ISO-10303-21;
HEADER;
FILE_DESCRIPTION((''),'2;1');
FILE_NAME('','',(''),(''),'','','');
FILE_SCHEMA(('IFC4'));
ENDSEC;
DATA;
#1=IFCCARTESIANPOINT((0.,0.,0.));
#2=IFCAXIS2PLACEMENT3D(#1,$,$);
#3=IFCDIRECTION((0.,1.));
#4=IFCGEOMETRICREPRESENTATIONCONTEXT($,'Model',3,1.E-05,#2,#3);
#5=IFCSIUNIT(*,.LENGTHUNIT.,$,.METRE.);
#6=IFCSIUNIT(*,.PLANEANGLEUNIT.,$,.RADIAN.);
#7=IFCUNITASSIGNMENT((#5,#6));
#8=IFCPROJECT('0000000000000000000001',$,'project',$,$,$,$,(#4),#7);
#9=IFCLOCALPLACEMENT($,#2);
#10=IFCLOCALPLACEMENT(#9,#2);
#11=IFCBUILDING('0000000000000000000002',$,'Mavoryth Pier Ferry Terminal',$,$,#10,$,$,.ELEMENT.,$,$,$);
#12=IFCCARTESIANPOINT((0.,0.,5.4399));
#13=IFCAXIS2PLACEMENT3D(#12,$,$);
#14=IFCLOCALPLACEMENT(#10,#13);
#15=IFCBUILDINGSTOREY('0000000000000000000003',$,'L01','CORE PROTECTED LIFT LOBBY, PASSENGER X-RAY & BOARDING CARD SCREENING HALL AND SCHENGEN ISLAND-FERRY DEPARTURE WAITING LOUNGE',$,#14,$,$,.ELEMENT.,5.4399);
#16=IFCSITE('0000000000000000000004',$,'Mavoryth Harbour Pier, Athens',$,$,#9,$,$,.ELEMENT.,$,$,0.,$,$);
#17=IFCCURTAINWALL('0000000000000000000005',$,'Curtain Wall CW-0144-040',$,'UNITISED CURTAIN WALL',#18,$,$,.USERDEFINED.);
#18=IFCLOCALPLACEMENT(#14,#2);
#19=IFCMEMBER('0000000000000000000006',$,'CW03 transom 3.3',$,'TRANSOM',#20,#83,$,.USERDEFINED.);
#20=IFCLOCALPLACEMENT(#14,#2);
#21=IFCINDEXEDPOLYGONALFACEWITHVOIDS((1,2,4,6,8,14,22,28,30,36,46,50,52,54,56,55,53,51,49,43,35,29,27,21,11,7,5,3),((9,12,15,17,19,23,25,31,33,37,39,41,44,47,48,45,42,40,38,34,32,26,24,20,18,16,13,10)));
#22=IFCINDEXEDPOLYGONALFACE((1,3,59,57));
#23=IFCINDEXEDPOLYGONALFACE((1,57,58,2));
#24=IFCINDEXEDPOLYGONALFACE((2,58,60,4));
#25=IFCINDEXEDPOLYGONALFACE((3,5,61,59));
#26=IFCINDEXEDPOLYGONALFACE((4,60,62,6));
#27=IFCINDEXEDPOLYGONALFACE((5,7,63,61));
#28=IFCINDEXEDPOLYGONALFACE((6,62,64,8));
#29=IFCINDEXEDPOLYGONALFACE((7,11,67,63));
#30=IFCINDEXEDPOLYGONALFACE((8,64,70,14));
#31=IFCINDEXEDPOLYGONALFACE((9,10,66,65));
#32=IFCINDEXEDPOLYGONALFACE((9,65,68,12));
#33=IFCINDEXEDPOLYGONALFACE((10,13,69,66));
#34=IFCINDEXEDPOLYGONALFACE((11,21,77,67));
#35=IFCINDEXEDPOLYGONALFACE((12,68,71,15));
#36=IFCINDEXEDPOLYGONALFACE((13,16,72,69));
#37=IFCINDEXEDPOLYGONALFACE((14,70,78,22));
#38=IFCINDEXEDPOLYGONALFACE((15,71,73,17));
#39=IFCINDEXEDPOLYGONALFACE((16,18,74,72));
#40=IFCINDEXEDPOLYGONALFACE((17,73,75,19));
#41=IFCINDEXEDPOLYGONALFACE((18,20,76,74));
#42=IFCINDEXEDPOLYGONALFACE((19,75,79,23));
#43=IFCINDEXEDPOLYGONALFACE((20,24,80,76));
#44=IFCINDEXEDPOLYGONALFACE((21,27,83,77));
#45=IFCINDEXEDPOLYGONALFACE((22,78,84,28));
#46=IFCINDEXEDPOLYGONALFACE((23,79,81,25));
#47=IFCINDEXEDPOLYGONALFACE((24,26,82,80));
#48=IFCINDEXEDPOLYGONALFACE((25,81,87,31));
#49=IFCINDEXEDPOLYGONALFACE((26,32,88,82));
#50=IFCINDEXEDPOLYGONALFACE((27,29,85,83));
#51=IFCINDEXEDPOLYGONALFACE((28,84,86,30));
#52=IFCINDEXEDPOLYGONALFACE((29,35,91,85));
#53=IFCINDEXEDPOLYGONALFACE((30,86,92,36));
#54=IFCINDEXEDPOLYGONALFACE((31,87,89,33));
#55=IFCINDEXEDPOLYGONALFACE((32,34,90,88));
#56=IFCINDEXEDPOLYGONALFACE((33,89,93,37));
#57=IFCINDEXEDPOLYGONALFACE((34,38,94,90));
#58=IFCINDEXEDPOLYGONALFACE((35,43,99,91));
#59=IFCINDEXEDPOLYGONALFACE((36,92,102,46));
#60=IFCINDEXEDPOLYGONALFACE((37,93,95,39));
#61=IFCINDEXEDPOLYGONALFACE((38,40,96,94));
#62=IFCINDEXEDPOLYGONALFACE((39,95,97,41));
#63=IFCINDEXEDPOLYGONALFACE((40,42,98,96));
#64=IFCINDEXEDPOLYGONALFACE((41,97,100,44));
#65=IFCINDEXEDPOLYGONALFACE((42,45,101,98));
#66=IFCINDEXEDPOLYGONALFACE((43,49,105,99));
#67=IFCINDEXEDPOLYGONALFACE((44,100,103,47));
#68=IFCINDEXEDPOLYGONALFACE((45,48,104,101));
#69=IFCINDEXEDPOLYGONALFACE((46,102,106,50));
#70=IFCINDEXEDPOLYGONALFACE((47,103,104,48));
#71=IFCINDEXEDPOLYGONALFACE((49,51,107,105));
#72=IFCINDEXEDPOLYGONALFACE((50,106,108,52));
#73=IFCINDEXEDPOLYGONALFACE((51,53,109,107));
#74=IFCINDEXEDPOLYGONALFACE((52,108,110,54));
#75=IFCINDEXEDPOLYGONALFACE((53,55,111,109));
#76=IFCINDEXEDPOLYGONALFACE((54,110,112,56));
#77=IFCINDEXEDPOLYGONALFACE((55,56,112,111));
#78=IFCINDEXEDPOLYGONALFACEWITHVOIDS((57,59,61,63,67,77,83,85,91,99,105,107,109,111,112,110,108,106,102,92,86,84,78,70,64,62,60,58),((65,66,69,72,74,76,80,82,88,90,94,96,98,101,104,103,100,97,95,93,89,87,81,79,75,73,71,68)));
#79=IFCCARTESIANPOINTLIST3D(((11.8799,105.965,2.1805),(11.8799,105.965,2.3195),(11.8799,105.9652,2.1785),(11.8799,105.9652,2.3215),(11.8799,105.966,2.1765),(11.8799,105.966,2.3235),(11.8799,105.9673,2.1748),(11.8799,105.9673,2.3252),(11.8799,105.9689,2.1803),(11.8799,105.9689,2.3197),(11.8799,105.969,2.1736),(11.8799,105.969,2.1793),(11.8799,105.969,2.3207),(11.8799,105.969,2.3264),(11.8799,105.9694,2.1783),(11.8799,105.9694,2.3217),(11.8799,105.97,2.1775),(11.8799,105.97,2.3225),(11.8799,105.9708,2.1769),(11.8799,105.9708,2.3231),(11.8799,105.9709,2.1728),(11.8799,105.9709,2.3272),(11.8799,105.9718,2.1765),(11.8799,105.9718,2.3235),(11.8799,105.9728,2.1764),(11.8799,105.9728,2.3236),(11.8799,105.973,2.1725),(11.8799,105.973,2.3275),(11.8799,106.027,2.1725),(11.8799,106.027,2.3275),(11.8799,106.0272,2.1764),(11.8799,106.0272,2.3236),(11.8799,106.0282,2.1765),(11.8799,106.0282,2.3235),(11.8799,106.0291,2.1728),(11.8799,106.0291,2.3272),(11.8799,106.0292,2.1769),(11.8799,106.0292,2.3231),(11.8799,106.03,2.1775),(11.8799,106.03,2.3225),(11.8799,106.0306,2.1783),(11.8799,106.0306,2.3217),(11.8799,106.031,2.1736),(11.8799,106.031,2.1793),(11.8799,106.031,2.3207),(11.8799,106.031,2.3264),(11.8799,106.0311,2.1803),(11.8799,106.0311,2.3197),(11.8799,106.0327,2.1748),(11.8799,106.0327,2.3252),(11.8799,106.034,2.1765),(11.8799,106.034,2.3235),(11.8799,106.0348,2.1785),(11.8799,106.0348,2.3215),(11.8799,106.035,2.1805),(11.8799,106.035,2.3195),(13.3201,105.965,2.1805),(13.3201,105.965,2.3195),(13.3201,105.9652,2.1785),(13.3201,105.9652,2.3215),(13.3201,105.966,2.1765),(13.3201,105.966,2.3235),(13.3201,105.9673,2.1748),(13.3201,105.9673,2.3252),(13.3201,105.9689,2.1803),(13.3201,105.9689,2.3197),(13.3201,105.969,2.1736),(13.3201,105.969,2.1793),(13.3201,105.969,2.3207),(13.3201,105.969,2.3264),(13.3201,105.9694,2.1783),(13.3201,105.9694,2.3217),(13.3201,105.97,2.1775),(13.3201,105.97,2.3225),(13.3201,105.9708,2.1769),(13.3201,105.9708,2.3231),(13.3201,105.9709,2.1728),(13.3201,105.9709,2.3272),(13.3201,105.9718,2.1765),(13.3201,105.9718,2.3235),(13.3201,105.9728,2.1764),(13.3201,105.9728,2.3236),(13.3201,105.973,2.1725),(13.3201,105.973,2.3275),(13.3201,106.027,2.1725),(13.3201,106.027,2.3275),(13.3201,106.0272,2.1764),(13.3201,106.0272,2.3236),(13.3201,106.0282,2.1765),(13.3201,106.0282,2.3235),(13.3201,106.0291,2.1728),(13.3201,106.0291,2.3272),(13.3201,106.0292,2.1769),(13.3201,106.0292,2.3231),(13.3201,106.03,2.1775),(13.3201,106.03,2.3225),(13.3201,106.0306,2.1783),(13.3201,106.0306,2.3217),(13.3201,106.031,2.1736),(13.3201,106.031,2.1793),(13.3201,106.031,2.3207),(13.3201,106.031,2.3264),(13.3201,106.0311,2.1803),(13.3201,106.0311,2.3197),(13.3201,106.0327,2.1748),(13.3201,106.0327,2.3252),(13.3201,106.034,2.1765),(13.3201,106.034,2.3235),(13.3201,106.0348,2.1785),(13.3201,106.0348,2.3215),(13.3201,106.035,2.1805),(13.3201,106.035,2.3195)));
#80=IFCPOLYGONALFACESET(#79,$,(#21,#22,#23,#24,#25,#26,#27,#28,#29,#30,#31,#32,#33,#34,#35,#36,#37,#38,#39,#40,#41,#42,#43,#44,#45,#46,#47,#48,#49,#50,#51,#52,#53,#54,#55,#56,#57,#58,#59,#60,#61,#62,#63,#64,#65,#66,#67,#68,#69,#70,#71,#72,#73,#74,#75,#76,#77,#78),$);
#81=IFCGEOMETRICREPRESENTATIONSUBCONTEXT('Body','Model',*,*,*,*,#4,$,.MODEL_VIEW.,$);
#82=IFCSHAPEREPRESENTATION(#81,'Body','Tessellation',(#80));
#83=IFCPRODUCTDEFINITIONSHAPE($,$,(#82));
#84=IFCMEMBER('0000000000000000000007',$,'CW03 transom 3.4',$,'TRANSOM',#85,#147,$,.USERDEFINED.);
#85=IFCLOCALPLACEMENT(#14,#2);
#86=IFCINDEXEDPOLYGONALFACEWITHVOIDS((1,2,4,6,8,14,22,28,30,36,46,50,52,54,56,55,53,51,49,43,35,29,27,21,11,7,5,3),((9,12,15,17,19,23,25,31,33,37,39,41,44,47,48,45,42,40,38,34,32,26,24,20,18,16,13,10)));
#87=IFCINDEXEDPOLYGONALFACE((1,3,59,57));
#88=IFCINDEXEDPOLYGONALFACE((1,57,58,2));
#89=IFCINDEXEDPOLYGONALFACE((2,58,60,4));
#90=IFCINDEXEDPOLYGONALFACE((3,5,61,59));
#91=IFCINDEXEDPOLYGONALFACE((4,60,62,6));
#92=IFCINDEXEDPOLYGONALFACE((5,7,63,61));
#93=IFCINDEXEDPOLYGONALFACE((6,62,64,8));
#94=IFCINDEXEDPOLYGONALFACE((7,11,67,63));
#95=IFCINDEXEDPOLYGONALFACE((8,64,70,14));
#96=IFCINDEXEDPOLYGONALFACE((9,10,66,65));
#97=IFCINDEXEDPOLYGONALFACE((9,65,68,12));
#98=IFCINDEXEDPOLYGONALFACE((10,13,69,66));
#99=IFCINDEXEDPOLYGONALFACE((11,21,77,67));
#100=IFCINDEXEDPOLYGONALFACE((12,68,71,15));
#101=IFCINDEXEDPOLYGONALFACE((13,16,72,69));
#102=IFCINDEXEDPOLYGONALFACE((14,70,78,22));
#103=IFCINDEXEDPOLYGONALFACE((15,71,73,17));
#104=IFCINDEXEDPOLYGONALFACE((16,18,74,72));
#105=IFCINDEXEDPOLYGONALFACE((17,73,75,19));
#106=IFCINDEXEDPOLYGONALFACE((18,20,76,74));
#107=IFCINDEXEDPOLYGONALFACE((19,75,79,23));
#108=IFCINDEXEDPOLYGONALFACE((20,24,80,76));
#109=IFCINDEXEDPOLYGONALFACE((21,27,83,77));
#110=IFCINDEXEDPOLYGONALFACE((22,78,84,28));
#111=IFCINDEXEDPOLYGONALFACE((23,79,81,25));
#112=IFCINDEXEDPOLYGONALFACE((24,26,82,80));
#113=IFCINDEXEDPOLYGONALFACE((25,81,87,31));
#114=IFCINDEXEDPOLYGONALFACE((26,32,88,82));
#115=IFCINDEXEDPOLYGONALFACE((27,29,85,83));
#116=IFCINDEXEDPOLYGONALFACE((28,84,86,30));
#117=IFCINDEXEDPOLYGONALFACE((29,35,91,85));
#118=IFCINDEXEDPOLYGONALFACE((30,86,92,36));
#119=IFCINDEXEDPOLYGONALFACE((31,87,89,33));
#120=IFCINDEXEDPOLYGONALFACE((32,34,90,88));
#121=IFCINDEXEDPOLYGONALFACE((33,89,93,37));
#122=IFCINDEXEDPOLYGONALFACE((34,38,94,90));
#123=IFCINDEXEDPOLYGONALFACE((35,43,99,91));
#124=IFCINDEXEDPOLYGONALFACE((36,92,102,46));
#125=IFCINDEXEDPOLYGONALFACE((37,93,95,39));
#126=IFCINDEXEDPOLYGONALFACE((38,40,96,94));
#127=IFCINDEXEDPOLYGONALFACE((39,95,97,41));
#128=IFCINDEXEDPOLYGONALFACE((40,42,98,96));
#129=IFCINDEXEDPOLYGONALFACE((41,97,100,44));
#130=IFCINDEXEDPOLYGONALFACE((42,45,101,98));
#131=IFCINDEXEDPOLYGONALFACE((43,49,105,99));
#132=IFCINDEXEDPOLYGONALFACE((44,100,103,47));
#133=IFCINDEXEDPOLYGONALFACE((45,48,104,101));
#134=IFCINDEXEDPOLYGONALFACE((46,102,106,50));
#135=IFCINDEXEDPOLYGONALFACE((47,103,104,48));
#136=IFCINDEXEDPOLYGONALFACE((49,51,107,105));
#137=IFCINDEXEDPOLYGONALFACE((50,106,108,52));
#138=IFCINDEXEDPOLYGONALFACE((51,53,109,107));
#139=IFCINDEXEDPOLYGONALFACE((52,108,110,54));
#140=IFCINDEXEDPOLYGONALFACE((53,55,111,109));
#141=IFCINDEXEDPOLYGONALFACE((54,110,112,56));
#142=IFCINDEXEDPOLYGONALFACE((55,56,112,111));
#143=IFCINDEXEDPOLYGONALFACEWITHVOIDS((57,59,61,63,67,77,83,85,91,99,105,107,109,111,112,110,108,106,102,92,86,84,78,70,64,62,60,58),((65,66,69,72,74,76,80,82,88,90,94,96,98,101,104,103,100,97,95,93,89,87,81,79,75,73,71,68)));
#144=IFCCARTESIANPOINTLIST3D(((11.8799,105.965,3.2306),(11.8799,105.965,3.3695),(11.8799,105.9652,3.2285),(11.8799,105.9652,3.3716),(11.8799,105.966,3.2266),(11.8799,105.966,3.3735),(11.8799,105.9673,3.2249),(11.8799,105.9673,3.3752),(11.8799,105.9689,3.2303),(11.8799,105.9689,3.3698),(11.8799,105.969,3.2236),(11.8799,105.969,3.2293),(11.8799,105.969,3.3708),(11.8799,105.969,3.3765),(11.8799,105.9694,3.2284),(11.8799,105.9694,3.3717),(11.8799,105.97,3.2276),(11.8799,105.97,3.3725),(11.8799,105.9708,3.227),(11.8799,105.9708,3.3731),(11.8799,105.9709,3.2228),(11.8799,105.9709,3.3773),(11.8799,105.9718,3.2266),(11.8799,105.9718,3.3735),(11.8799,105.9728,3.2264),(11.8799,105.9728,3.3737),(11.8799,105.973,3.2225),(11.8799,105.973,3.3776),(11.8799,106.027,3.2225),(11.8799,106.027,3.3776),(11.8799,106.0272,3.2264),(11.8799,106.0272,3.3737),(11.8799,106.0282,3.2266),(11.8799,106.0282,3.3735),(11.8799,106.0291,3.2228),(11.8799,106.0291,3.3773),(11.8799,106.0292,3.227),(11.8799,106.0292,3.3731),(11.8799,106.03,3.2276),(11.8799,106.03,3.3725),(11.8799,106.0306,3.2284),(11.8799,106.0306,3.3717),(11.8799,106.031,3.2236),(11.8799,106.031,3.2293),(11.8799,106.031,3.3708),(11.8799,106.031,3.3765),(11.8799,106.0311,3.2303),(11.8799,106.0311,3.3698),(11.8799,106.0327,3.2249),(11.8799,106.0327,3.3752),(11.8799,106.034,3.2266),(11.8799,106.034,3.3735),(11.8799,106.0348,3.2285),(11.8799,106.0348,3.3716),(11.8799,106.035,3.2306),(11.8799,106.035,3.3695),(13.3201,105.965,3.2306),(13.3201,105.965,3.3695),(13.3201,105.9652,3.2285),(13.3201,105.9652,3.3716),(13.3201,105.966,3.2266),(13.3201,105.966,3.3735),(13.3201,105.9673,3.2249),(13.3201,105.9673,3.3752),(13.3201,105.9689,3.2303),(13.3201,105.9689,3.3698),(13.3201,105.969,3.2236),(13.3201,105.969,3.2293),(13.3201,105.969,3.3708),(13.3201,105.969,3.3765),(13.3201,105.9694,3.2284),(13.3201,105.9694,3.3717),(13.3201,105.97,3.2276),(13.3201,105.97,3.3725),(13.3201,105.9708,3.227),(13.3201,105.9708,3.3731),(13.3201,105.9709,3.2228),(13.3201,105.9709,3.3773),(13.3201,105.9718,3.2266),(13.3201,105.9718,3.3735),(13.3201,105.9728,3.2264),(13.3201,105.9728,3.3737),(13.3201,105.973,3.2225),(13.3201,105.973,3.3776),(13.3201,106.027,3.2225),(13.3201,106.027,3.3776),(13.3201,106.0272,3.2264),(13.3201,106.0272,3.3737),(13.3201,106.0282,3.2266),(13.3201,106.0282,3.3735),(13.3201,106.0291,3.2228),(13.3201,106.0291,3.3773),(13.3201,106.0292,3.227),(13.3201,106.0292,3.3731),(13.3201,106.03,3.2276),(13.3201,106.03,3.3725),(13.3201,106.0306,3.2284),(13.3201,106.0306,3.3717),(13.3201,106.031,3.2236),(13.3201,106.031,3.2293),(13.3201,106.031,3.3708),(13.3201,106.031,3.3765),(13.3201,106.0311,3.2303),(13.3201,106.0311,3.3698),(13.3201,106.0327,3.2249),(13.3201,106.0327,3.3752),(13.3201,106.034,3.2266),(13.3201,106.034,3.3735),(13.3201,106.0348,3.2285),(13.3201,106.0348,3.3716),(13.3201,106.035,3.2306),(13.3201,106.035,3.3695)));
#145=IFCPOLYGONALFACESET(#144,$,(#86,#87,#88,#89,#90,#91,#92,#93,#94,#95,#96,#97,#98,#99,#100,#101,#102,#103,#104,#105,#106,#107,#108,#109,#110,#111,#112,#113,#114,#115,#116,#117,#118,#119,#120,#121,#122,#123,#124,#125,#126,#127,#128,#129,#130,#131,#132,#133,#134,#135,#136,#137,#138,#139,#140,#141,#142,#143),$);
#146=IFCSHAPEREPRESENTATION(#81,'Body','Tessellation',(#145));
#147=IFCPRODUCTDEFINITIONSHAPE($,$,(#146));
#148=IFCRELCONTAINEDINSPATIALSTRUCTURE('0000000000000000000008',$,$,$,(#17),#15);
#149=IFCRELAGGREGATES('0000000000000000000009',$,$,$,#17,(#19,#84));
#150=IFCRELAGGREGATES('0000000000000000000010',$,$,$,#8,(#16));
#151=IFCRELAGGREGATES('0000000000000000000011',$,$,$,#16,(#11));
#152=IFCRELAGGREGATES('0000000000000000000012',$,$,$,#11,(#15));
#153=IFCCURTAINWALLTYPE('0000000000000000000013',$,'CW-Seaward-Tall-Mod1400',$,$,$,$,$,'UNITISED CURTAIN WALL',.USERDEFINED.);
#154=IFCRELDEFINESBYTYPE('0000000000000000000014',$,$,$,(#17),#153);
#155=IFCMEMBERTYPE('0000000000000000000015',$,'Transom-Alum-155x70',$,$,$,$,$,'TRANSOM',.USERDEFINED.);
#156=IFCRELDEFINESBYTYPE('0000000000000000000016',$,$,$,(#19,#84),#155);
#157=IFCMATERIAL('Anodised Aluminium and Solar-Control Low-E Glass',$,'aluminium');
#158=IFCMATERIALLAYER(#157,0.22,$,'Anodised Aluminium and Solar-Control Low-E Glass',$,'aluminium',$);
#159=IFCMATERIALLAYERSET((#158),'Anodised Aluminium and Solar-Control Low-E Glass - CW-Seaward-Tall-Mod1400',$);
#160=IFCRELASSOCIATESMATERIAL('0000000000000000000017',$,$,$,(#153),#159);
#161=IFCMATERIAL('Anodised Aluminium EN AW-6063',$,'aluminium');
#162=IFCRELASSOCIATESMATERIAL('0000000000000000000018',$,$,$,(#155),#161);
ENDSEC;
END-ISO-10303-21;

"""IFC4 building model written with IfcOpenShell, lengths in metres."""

from ifc_helpers import new_model, si_unit, direction, frame, origin, origin_2d, place, context, subcontext, project, spatial, hollow_rectangle, extrude, material, layer, layer_set, material_profile, profile_set, type_object, element, aggregate, save


model = new_model("IFC4")

# Units and contexts
model_context = context("Model", 3, precision=1e-05, world=origin(), true_north=direction((0.0, 1.0)))
body_context = subcontext(model_context, "Body", "Model", "MODEL_VIEW")
ifc_project = project(units=[si_unit("LENGTHUNIT", "METRE"), si_unit("PLANEANGLEUNIT", "RADIAN")], contexts=[model_context])

# Site, building, storey
site_placement = place(None, origin())
site = spatial("IfcSite", under=ifc_project, at=site_placement, Name="Mavoryth Harbour Pier, Athens", CompositionType="ELEMENT", RefElevation=0.0)
building_placement = place(site_placement, origin())
building = spatial("IfcBuilding", under=site, at=building_placement, Name="Mavoryth Pier Ferry Terminal", CompositionType="ELEMENT")
storey_placement = place(building_placement, frame((0.0, 0.0, 5.4399)))
storey = spatial("IfcBuildingStorey", under=building, at=storey_placement, Name="L01", Description="CORE PROTECTED LIFT LOBBY, PASSENGER X-RAY & BOARDING CARD SCREENING HALL AND SCHENGEN ISLAND-FERRY DEPARTURE WAITING LOUNGE", CompositionType="ELEMENT", Elevation=5.4399)

# Curtain wall, members
ifc_material_1 = material(Name="Anodised Aluminium and Solar-Control Low-E Glass", Category="aluminium")
ifc_layer_1 = layer(ifc_material_1, 0.22, Name="Anodised Aluminium and Solar-Control Low-E Glass", Category="aluminium")
ifc_layer_set_1 = layer_set([ifc_layer_1], Name="Anodised Aluminium and Solar-Control Low-E Glass - CW-Seaward-Tall-Mod1400")
curtain_wall_type = type_object("IfcCurtainWallType", Name="CW-Seaward-Tall-Mod1400", ElementType="UNITISED CURTAIN WALL", PredefinedType="USERDEFINED", material=ifc_layer_set_1)
curtain_wall_placement = place(storey_placement, origin())
curtain_wall = element("IfcCurtainWall", 1, at=curtain_wall_placement, inside=storey, type_object=curtain_wall_type, Name="Curtain Wall CW-0144-040", ObjectType="UNITISED CURTAIN WALL", PredefinedType="USERDEFINED")
ifc_material_2 = material(Name="Anodised Aluminium EN AW-6063", Category="aluminium")
ifc_material_profile_1 = material_profile(ifc_material_2, hollow_rectangle(XDim=0.0701, YDim=0.155, WallThickness=0.0039, InnerFilletRadius=0.0039, OuterFilletRadius=0.0081, at=origin_2d()), Name="AL-TRAN 155x70x4", Category="aluminium")
ifc_profile_set_1 = profile_set([ifc_material_profile_1], Name="Anodised Aluminium EN AW-6063 - AL-TRAN 155x70x4")
member_type_1 = type_object("IfcMemberType", Name="Transom-Alum-155x70", ElementType="TRANSOM", PredefinedType="USERDEFINED", material=ifc_profile_set_1)
member_1_placement = place(storey_placement, frame((13.3201, 106.0, 2.25), z_axis=(-1.0, 0.0, 0.0), x_axis=(0.0, -1.0, 0.0)))
member_1 = element("IfcMember", 2, at=member_1_placement, type_object=member_type_1, Name="CW03 transom 3.3", ObjectType="TRANSOM", PredefinedType="USERDEFINED", context=body_context, shape_type="SweptSolid", body=[
    extrude(hollow_rectangle(XDim=0.0701, YDim=0.155, WallThickness=0.0039, InnerFilletRadius=0.0039, OuterFilletRadius=0.0081, at=origin_2d()), origin(), (0.0, 0.0, 1.0), 1.4402),
])
member_2_placement = place(storey_placement, frame((13.3201, 106.0, 3.3), z_axis=(-1.0, 0.0, 0.0), x_axis=(0.0, -1.0, 0.0)))
member_2 = element("IfcMember", 3, at=member_2_placement, type_object=member_type_1, Name="CW03 transom 3.4", ObjectType="TRANSOM", PredefinedType="USERDEFINED", context=body_context, shape_type="SweptSolid", body=[
    extrude(hollow_rectangle(XDim=0.0701, YDim=0.155, WallThickness=0.0039, InnerFilletRadius=0.0039, OuterFilletRadius=0.0081, at=origin_2d()), origin(), (0.0, 0.0, 1.0), 1.4402),
])
aggregate(curtain_wall, [member_1, member_2])

save(model, "model.ifc")
